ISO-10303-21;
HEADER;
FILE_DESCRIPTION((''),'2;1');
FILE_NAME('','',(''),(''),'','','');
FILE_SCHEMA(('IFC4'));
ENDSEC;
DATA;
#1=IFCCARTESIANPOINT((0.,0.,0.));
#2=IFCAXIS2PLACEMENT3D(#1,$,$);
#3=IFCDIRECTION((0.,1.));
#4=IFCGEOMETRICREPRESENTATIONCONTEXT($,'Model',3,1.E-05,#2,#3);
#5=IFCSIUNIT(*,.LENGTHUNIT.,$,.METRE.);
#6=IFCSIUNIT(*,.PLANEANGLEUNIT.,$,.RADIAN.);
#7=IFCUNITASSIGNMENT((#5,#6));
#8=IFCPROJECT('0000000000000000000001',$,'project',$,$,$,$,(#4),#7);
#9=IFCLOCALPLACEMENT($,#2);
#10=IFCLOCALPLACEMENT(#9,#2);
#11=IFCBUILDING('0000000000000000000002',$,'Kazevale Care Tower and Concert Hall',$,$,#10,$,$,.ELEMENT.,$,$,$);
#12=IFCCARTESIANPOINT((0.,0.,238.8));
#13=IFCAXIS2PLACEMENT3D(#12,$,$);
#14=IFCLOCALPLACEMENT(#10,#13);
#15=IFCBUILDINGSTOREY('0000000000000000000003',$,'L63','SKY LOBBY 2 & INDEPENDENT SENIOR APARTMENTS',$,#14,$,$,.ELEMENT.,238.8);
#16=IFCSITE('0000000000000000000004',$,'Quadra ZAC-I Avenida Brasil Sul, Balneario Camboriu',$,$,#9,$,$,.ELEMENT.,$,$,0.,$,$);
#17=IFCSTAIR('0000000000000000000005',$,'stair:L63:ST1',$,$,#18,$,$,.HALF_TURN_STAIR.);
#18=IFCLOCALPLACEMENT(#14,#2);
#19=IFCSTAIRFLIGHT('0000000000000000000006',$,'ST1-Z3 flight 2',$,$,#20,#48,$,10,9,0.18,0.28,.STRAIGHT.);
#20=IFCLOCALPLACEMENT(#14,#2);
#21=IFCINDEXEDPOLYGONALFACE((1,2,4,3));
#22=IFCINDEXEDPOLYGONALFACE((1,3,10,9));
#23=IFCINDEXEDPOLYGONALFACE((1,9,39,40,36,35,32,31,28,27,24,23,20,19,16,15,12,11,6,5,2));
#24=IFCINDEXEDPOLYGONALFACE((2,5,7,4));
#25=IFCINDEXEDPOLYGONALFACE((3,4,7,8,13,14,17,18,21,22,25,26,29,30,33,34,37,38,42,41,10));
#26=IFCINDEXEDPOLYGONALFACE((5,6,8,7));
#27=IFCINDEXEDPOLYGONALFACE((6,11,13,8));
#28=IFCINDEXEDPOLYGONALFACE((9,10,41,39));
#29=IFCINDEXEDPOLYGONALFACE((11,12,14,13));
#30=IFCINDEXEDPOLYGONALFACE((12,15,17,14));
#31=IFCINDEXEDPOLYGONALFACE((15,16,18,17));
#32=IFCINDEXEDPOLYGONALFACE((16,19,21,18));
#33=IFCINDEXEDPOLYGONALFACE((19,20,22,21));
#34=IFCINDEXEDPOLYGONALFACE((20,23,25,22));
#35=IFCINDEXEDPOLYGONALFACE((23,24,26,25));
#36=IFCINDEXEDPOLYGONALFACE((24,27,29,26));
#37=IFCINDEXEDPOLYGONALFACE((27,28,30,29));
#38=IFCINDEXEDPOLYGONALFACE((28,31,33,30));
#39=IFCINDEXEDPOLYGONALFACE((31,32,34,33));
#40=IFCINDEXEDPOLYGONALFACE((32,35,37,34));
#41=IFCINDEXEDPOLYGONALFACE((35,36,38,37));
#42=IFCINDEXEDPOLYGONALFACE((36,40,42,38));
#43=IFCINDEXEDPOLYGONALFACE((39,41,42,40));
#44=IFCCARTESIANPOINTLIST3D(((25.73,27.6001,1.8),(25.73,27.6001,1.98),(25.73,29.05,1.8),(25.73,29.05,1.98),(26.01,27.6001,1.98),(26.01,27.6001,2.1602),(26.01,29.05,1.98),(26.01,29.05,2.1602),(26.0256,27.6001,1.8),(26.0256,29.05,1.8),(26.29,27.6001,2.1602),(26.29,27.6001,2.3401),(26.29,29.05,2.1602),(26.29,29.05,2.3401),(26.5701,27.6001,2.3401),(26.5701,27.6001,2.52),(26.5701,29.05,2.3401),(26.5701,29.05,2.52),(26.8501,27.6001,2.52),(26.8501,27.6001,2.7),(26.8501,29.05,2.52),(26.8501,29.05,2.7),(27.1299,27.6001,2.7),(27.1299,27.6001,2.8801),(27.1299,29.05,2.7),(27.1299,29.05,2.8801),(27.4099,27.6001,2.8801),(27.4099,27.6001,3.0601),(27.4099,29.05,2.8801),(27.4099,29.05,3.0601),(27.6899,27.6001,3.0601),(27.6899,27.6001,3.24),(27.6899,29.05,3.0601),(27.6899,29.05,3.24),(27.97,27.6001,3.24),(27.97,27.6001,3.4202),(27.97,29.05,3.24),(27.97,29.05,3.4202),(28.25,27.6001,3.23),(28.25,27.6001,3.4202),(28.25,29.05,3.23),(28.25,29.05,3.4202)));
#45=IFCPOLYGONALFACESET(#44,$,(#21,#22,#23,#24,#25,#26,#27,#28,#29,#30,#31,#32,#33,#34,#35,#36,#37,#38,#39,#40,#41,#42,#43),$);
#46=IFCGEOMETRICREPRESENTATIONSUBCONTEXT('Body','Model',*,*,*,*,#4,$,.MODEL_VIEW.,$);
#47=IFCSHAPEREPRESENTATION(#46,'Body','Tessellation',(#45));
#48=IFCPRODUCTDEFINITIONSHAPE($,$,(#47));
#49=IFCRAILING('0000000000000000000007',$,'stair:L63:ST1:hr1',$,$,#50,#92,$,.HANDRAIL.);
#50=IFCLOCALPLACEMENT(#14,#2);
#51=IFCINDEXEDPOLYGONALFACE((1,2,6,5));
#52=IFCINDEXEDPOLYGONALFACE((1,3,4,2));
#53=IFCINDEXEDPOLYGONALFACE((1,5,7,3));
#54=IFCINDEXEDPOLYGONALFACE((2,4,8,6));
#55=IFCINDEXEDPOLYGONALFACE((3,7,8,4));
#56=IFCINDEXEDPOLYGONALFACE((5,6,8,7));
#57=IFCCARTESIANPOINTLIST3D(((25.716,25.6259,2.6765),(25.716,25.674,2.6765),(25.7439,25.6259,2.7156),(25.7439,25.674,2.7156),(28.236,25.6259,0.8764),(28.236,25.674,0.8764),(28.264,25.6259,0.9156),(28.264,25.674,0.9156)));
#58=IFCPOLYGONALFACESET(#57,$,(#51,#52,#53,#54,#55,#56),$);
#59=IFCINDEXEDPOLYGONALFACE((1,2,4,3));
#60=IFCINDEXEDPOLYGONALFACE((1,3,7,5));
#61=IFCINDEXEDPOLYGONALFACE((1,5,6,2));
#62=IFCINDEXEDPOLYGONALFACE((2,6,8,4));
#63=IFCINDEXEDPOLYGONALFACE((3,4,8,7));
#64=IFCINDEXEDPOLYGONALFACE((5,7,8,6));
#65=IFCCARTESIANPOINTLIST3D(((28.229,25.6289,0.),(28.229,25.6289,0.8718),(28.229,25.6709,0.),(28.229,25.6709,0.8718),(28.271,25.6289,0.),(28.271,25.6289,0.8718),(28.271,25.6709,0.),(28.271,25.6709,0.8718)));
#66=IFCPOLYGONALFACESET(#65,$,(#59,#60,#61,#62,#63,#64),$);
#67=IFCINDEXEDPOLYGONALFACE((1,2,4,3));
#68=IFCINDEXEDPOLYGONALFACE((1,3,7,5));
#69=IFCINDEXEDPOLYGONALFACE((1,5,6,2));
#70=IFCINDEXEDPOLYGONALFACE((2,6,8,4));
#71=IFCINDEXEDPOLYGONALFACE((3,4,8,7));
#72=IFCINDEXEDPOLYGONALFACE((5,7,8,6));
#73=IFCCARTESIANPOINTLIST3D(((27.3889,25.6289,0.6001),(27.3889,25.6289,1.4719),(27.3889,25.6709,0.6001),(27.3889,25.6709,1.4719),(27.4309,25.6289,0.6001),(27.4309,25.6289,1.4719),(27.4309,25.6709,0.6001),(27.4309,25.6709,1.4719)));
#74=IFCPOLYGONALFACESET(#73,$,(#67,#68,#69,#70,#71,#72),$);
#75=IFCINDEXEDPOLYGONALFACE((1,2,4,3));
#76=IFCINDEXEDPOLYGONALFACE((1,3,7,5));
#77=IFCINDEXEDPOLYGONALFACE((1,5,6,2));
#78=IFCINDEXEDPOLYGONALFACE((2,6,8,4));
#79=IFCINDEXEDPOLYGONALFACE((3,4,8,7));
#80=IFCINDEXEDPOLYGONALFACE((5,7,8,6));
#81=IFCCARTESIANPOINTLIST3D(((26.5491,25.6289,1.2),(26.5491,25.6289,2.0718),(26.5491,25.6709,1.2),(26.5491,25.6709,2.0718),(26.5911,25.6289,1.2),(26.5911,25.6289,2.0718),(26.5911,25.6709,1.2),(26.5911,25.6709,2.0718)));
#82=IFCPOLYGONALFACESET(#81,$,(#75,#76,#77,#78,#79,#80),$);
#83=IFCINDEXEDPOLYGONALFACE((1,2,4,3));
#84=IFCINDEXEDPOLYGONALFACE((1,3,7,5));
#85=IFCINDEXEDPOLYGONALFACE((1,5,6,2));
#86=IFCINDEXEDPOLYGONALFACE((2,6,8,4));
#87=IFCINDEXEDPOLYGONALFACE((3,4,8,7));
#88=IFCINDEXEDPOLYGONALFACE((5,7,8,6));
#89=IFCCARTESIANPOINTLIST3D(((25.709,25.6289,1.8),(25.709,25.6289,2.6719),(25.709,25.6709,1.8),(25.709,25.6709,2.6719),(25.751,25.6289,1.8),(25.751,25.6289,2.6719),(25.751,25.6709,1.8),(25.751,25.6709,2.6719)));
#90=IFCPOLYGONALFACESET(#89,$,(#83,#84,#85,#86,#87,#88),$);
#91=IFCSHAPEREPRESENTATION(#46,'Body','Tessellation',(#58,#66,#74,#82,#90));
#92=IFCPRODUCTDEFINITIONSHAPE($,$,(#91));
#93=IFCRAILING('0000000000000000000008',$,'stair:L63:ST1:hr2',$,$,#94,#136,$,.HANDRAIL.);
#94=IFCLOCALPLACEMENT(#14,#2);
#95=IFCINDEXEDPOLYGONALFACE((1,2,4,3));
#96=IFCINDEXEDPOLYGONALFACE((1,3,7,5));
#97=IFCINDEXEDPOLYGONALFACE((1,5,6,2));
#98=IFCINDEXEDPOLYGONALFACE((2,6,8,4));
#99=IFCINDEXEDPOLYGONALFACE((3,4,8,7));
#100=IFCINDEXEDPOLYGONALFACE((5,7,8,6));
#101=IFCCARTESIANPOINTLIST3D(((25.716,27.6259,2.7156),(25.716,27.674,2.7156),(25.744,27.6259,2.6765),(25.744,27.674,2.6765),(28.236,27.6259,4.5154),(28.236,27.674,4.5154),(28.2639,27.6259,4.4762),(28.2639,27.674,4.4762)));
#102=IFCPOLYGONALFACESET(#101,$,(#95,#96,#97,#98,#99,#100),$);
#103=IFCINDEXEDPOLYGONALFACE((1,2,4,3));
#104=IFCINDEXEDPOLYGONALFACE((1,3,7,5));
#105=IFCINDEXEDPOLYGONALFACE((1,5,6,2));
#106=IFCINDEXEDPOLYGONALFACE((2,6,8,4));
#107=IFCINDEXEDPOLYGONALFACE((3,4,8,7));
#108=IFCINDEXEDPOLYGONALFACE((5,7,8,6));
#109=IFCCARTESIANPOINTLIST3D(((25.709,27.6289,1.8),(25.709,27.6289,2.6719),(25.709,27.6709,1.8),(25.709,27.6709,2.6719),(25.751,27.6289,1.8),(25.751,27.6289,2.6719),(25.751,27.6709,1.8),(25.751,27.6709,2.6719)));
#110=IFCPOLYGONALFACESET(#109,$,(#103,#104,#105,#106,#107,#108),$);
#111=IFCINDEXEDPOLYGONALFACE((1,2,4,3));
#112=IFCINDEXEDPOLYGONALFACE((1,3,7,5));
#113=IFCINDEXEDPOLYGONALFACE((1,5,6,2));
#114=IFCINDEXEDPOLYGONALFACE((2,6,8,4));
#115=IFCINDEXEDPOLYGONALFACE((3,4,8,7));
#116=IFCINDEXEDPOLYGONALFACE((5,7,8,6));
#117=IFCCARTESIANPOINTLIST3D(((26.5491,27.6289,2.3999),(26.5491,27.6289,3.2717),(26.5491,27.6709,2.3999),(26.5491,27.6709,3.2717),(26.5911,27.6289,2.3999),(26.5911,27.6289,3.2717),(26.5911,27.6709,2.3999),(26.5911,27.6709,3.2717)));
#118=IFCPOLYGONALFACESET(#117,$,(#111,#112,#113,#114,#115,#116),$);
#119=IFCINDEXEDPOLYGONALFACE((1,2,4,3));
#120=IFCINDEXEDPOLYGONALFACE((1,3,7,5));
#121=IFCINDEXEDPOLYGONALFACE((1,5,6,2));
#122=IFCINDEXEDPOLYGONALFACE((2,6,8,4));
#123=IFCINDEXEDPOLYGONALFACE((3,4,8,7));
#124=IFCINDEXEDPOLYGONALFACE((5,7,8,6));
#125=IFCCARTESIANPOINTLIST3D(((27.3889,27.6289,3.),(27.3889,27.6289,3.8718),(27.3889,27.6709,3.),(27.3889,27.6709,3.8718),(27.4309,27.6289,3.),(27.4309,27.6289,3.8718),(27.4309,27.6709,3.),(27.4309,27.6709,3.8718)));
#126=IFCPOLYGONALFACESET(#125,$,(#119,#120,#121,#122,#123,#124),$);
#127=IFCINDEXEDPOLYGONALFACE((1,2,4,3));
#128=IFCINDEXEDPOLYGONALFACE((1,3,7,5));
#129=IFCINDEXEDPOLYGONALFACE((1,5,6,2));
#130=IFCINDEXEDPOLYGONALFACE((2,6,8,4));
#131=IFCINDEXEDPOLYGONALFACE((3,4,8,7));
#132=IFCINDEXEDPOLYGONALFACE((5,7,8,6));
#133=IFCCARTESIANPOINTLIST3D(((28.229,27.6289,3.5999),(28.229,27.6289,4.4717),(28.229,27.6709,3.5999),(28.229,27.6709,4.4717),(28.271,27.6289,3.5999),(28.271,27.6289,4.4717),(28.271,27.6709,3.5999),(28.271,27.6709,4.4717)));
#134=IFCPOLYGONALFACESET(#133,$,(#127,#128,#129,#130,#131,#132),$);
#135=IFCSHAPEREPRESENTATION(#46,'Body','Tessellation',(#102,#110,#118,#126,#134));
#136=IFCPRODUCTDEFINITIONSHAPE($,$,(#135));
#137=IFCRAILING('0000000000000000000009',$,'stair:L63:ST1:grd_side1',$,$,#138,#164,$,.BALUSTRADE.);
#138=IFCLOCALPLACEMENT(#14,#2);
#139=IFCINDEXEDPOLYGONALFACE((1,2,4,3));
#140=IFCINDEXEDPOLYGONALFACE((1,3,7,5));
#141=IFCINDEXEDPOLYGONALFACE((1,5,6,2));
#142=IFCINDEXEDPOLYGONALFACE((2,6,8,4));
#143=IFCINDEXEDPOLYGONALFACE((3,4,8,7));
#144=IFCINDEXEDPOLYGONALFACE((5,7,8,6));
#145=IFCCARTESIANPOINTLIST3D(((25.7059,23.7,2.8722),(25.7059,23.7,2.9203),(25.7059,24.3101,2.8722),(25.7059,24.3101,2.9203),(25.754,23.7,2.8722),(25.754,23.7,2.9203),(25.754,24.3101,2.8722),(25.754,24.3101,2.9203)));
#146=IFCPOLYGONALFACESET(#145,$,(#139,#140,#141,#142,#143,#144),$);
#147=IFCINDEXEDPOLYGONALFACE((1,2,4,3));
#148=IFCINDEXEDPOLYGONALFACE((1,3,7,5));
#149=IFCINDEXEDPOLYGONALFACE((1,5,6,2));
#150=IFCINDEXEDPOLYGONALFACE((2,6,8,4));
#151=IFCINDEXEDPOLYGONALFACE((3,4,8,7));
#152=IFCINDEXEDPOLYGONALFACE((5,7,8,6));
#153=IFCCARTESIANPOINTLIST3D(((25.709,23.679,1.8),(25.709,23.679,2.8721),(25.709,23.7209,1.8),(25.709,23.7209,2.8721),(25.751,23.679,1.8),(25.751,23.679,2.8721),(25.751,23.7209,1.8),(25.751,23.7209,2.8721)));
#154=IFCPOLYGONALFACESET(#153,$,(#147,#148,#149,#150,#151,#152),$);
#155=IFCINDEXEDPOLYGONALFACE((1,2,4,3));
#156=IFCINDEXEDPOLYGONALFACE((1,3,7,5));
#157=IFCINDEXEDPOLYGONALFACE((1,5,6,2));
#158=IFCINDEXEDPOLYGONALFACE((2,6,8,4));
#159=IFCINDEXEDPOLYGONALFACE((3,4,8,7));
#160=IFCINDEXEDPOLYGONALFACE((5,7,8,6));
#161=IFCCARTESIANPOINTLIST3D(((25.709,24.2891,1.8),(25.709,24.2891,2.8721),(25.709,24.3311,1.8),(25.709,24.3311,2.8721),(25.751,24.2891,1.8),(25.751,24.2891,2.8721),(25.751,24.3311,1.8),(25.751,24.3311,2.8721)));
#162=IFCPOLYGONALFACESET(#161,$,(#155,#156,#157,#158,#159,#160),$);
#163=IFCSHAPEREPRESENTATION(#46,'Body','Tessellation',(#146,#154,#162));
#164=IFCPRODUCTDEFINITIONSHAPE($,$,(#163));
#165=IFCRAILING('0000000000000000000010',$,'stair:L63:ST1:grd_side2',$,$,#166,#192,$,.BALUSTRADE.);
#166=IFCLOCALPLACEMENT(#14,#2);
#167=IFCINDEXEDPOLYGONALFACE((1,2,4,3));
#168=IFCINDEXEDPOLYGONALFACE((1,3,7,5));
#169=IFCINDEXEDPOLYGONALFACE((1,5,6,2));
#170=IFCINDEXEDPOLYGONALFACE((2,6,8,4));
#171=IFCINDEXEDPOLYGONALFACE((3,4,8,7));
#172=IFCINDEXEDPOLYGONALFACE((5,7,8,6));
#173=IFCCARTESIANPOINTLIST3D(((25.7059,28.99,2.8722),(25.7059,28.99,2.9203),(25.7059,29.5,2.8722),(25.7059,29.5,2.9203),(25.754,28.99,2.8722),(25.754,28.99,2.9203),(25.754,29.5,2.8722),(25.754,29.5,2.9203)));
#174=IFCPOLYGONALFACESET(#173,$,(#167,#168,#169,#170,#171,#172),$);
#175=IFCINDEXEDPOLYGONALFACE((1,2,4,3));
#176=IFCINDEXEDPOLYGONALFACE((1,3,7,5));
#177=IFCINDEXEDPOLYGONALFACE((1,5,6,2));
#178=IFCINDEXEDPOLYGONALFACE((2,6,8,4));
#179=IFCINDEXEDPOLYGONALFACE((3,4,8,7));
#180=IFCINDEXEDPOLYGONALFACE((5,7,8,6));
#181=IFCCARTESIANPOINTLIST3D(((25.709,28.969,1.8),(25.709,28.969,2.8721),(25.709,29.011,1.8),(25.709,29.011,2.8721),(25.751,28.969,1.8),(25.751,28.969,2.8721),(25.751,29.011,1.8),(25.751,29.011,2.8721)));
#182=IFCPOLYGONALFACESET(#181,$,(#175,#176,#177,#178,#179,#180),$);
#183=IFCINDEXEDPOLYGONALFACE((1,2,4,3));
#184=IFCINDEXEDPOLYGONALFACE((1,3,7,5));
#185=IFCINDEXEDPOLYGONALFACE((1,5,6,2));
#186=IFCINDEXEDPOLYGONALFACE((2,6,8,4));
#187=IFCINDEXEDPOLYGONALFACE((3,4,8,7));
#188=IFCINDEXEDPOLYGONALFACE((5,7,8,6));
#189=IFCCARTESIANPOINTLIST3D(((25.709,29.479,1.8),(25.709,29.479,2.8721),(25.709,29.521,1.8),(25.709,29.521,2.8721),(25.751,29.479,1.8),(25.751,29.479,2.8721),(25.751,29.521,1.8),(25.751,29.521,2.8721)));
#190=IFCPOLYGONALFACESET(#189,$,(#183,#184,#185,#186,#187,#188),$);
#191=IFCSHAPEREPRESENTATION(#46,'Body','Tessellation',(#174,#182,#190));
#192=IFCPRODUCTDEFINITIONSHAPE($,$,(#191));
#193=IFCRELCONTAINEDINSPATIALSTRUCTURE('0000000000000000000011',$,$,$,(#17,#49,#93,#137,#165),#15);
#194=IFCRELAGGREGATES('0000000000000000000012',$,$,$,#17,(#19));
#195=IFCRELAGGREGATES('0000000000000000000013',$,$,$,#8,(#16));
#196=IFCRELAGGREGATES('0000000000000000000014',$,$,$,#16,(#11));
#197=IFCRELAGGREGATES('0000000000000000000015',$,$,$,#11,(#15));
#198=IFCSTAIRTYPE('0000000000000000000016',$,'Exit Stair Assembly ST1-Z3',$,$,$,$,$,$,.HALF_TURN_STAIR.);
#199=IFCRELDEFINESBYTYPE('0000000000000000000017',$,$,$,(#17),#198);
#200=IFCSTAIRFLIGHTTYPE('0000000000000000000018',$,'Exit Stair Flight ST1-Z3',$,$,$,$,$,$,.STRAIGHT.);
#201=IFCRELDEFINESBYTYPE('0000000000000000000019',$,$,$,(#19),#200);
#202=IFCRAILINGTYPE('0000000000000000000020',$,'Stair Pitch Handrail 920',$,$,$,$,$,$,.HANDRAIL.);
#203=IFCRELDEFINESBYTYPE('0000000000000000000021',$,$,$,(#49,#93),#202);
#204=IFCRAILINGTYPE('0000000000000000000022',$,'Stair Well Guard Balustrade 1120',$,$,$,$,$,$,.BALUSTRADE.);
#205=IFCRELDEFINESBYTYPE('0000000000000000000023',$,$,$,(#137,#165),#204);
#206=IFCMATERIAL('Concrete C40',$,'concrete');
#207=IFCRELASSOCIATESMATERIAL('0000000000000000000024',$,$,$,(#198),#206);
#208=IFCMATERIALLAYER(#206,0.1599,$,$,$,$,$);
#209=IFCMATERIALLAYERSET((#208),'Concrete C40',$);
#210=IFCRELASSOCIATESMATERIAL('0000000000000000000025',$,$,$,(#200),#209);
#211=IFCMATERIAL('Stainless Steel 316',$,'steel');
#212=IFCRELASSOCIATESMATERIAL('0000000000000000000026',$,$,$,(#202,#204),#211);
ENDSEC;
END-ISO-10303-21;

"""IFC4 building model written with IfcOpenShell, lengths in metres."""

from ifc_helpers import new_model, si_unit, direction, frame, origin, origin_2d, place, context, subcontext, project, spatial, polyline, rectangle, outline, extrude, material, layer, layer_set, type_object, element, aggregate, save


model = new_model("IFC4")

# Units and contexts
model_context = context("Model", 3, precision=1e-05, world=origin(), true_north=direction((0.0, 1.0)))
body_context = subcontext(model_context, "Body", "Model", "MODEL_VIEW")
ifc_project = project(units=[si_unit("LENGTHUNIT", "METRE"), si_unit("PLANEANGLEUNIT", "RADIAN")], contexts=[model_context])

# Site, building, storey
site_placement = place(None, origin())
site = spatial("IfcSite", under=ifc_project, at=site_placement, Name="Quadra ZAC-I Avenida Brasil Sul, Balneario Camboriu", CompositionType="ELEMENT", RefElevation=0.0)
building_placement = place(site_placement, origin())
building = spatial("IfcBuilding", under=site, at=building_placement, Name="Kazevale Care Tower and Concert Hall", CompositionType="ELEMENT")
storey_placement = place(building_placement, frame((0.0, 0.0, 238.8)))
storey = spatial("IfcBuildingStorey", under=building, at=storey_placement, Name="L63", Description="SKY LOBBY 2 & INDEPENDENT SENIOR APARTMENTS", CompositionType="ELEMENT", Elevation=238.8)

# Shared definitions
ifc_material_1 = material(Name="Concrete C40", Category="concrete")
ifc_material_2 = material(Name="Stainless Steel 316", Category="steel")

# Stair, stair flight
stair_type = type_object("IfcStairType", Name="Exit Stair Assembly ST1-Z3", PredefinedType="HALF_TURN_STAIR", material=ifc_material_1)
stair_placement = place(storey_placement, origin())
stair = element("IfcStair", 1, at=stair_placement, inside=storey, type_object=stair_type, Name="stair:L63:ST1", PredefinedType="HALF_TURN_STAIR")
ifc_layer_1 = layer(ifc_material_1, 0.1599)
ifc_layer_set_1 = layer_set([ifc_layer_1], Name="Concrete C40")
stair_flight_type = type_object("IfcStairFlightType", Name="Exit Stair Flight ST1-Z3", PredefinedType="STRAIGHT", material=ifc_layer_set_1)
stair_flight_1_placement = place(storey_placement, frame((25.73, 28.325, 1.8), z_axis=(0.0, 0.0, 1.0), x_axis=(1.0, 0.0, 0.0)))
stair_flight_1 = element("IfcStairFlight", 2, at=stair_flight_1_placement, type_object=stair_flight_type, Name="ST1-Z3 flight 2", NumberOfRisers=10, NumberOfTreads=9, PredefinedType="STRAIGHT", RiserHeight=0.18, TreadLength=0.28, context=body_context, shape_type="SweptSolid", body=[
    extrude(outline(polyline([(0.0, 0.0), (0.0, 0.1799), (0.28, 0.1799), (0.28, 0.3601), (0.5601, 0.3601), (0.5601, 0.54), (0.8401, 0.54), (0.8401, 0.72), (1.1201, 0.72), (1.1201, 0.8999), (1.3999, 0.8999), (1.3999, 1.0801), (1.6799, 1.0801), (1.6799, 1.26), (1.96, 1.26), (1.96, 1.4399), (2.24, 1.4399), (2.24, 1.6201), (2.52, 1.6201), (2.52, 1.8), (2.52, 1.4299), (0.2957, 0.0), (0.0, 0.0)])), frame((0.0, 0.7251, 0.0), z_axis=(0.0, -1.0, 0.0), x_axis=(1.0, 0.0, 0.0)), (0.0, 0.0, 1.0), 1.45),
])
aggregate(stair, [stair_flight_1])

# Railings
railing_type_1 = type_object("IfcRailingType", Name="Stair Pitch Handrail 920", PredefinedType="HANDRAIL", material=ifc_material_2)
railing_1_placement = place(storey_placement, frame((28.25, 25.6499, 0.0)))
element("IfcRailing", 3, at=railing_1_placement, inside=storey, type_object=railing_type_1, Name="stair:L63:ST1:hr1", PredefinedType="HANDRAIL", context=body_context, shape_type="SweptSolid", body=[
    extrude(rectangle(XDim=0.0481, YDim=0.0481, at=origin_2d()), frame((0.0, 0.0, 0.896), z_axis=(-0.813728, 0.0, 0.581246), x_axis=(0.0, -1.0, 0.0)), (0.0, 0.0, 1.0), 3.0969),
    extrude(rectangle(XDim=0.042, YDim=0.042, at=origin_2d()), origin(), (0.0, 0.0, 1.0), 0.8718),
    extrude(rectangle(XDim=0.042, YDim=0.042, at=origin_2d()), frame((-0.8401, 0.0, 0.6001)), (0.0, 0.0, 1.0), 0.8718),
    extrude(rectangle(XDim=0.042, YDim=0.042, at=origin_2d()), frame((-1.6799, 0.0, 1.2)), (0.0, 0.0, 1.0), 0.8718),
    extrude(rectangle(XDim=0.042, YDim=0.042, at=origin_2d()), frame((-2.52, 0.0, 1.8)), (0.0, 0.0, 1.0), 0.8718),
])
railing_2_placement = place(storey_placement, frame((25.73, 27.6499, 1.8)))
element("IfcRailing", 4, at=railing_2_placement, inside=storey, type_object=railing_type_1, Name="stair:L63:ST1:hr2", PredefinedType="HANDRAIL", context=body_context, shape_type="SweptSolid", body=[
    extrude(rectangle(XDim=0.0481, YDim=0.0481, at=origin_2d()), frame((0.0, 0.0, 0.896), z_axis=(0.813765, 0.0, 0.581193), x_axis=(0.0, 1.0, 0.0)), (0.0, 0.0, 1.0), 3.0967),
    extrude(rectangle(XDim=0.042, YDim=0.042, at=origin_2d()), origin(), (0.0, 0.0, 1.0), 0.8718),
    extrude(rectangle(XDim=0.042, YDim=0.042, at=origin_2d()), frame((0.8401, 0.0, 0.5999)), (0.0, 0.0, 1.0), 0.8718),
    extrude(rectangle(XDim=0.042, YDim=0.042, at=origin_2d()), frame((1.6799, 0.0, 1.2)), (0.0, 0.0, 1.0), 0.8718),
    extrude(rectangle(XDim=0.042, YDim=0.042, at=origin_2d()), frame((2.52, 0.0, 1.7998)), (0.0, 0.0, 1.0), 0.8718),
])
railing_type_2 = type_object("IfcRailingType", Name="Stair Well Guard Balustrade 1120", PredefinedType="BALUSTRADE", material=ifc_material_2)
railing_3_placement = place(storey_placement, frame((25.73, 23.7, 1.8)))
element("IfcRailing", 5, at=railing_3_placement, inside=storey, type_object=railing_type_2, Name="stair:L63:ST1:grd_side1", PredefinedType="BALUSTRADE", context=body_context, shape_type="SweptSolid", body=[
    extrude(rectangle(XDim=0.0481, YDim=0.0481, at=origin_2d()), frame((0.0, 0.0, 1.0962), z_axis=(0.0, 1.0, 0.0), x_axis=(-1.0, 0.0, 0.0)), (0.0, 0.0, 1.0), 0.6101),
    extrude(rectangle(XDim=0.042, YDim=0.042, at=origin_2d()), origin(), (0.0, 0.0, 1.0), 1.072),
    extrude(rectangle(XDim=0.042, YDim=0.042, at=origin_2d()), frame((0.0, 0.6101, 0.0)), (0.0, 0.0, 1.0), 1.072),
])
railing_4_placement = place(storey_placement, frame((25.73, 28.99, 1.8)))
element("IfcRailing", 6, at=railing_4_placement, inside=storey, type_object=railing_type_2, Name="stair:L63:ST1:grd_side2", PredefinedType="BALUSTRADE", context=body_context, shape_type="SweptSolid", body=[
    extrude(rectangle(XDim=0.0481, YDim=0.0481, at=origin_2d()), frame((0.0, 0.0, 1.0962), z_axis=(0.0, 1.0, 0.0), x_axis=(-1.0, 0.0, 0.0)), (0.0, 0.0, 1.0), 0.51),
    extrude(rectangle(XDim=0.042, YDim=0.042, at=origin_2d()), origin(), (0.0, 0.0, 1.0), 1.072),
    extrude(rectangle(XDim=0.042, YDim=0.042, at=origin_2d()), frame((0.0, 0.51, 0.0)), (0.0, 0.0, 1.0), 1.072),
])

save(model, "model.ifc")
